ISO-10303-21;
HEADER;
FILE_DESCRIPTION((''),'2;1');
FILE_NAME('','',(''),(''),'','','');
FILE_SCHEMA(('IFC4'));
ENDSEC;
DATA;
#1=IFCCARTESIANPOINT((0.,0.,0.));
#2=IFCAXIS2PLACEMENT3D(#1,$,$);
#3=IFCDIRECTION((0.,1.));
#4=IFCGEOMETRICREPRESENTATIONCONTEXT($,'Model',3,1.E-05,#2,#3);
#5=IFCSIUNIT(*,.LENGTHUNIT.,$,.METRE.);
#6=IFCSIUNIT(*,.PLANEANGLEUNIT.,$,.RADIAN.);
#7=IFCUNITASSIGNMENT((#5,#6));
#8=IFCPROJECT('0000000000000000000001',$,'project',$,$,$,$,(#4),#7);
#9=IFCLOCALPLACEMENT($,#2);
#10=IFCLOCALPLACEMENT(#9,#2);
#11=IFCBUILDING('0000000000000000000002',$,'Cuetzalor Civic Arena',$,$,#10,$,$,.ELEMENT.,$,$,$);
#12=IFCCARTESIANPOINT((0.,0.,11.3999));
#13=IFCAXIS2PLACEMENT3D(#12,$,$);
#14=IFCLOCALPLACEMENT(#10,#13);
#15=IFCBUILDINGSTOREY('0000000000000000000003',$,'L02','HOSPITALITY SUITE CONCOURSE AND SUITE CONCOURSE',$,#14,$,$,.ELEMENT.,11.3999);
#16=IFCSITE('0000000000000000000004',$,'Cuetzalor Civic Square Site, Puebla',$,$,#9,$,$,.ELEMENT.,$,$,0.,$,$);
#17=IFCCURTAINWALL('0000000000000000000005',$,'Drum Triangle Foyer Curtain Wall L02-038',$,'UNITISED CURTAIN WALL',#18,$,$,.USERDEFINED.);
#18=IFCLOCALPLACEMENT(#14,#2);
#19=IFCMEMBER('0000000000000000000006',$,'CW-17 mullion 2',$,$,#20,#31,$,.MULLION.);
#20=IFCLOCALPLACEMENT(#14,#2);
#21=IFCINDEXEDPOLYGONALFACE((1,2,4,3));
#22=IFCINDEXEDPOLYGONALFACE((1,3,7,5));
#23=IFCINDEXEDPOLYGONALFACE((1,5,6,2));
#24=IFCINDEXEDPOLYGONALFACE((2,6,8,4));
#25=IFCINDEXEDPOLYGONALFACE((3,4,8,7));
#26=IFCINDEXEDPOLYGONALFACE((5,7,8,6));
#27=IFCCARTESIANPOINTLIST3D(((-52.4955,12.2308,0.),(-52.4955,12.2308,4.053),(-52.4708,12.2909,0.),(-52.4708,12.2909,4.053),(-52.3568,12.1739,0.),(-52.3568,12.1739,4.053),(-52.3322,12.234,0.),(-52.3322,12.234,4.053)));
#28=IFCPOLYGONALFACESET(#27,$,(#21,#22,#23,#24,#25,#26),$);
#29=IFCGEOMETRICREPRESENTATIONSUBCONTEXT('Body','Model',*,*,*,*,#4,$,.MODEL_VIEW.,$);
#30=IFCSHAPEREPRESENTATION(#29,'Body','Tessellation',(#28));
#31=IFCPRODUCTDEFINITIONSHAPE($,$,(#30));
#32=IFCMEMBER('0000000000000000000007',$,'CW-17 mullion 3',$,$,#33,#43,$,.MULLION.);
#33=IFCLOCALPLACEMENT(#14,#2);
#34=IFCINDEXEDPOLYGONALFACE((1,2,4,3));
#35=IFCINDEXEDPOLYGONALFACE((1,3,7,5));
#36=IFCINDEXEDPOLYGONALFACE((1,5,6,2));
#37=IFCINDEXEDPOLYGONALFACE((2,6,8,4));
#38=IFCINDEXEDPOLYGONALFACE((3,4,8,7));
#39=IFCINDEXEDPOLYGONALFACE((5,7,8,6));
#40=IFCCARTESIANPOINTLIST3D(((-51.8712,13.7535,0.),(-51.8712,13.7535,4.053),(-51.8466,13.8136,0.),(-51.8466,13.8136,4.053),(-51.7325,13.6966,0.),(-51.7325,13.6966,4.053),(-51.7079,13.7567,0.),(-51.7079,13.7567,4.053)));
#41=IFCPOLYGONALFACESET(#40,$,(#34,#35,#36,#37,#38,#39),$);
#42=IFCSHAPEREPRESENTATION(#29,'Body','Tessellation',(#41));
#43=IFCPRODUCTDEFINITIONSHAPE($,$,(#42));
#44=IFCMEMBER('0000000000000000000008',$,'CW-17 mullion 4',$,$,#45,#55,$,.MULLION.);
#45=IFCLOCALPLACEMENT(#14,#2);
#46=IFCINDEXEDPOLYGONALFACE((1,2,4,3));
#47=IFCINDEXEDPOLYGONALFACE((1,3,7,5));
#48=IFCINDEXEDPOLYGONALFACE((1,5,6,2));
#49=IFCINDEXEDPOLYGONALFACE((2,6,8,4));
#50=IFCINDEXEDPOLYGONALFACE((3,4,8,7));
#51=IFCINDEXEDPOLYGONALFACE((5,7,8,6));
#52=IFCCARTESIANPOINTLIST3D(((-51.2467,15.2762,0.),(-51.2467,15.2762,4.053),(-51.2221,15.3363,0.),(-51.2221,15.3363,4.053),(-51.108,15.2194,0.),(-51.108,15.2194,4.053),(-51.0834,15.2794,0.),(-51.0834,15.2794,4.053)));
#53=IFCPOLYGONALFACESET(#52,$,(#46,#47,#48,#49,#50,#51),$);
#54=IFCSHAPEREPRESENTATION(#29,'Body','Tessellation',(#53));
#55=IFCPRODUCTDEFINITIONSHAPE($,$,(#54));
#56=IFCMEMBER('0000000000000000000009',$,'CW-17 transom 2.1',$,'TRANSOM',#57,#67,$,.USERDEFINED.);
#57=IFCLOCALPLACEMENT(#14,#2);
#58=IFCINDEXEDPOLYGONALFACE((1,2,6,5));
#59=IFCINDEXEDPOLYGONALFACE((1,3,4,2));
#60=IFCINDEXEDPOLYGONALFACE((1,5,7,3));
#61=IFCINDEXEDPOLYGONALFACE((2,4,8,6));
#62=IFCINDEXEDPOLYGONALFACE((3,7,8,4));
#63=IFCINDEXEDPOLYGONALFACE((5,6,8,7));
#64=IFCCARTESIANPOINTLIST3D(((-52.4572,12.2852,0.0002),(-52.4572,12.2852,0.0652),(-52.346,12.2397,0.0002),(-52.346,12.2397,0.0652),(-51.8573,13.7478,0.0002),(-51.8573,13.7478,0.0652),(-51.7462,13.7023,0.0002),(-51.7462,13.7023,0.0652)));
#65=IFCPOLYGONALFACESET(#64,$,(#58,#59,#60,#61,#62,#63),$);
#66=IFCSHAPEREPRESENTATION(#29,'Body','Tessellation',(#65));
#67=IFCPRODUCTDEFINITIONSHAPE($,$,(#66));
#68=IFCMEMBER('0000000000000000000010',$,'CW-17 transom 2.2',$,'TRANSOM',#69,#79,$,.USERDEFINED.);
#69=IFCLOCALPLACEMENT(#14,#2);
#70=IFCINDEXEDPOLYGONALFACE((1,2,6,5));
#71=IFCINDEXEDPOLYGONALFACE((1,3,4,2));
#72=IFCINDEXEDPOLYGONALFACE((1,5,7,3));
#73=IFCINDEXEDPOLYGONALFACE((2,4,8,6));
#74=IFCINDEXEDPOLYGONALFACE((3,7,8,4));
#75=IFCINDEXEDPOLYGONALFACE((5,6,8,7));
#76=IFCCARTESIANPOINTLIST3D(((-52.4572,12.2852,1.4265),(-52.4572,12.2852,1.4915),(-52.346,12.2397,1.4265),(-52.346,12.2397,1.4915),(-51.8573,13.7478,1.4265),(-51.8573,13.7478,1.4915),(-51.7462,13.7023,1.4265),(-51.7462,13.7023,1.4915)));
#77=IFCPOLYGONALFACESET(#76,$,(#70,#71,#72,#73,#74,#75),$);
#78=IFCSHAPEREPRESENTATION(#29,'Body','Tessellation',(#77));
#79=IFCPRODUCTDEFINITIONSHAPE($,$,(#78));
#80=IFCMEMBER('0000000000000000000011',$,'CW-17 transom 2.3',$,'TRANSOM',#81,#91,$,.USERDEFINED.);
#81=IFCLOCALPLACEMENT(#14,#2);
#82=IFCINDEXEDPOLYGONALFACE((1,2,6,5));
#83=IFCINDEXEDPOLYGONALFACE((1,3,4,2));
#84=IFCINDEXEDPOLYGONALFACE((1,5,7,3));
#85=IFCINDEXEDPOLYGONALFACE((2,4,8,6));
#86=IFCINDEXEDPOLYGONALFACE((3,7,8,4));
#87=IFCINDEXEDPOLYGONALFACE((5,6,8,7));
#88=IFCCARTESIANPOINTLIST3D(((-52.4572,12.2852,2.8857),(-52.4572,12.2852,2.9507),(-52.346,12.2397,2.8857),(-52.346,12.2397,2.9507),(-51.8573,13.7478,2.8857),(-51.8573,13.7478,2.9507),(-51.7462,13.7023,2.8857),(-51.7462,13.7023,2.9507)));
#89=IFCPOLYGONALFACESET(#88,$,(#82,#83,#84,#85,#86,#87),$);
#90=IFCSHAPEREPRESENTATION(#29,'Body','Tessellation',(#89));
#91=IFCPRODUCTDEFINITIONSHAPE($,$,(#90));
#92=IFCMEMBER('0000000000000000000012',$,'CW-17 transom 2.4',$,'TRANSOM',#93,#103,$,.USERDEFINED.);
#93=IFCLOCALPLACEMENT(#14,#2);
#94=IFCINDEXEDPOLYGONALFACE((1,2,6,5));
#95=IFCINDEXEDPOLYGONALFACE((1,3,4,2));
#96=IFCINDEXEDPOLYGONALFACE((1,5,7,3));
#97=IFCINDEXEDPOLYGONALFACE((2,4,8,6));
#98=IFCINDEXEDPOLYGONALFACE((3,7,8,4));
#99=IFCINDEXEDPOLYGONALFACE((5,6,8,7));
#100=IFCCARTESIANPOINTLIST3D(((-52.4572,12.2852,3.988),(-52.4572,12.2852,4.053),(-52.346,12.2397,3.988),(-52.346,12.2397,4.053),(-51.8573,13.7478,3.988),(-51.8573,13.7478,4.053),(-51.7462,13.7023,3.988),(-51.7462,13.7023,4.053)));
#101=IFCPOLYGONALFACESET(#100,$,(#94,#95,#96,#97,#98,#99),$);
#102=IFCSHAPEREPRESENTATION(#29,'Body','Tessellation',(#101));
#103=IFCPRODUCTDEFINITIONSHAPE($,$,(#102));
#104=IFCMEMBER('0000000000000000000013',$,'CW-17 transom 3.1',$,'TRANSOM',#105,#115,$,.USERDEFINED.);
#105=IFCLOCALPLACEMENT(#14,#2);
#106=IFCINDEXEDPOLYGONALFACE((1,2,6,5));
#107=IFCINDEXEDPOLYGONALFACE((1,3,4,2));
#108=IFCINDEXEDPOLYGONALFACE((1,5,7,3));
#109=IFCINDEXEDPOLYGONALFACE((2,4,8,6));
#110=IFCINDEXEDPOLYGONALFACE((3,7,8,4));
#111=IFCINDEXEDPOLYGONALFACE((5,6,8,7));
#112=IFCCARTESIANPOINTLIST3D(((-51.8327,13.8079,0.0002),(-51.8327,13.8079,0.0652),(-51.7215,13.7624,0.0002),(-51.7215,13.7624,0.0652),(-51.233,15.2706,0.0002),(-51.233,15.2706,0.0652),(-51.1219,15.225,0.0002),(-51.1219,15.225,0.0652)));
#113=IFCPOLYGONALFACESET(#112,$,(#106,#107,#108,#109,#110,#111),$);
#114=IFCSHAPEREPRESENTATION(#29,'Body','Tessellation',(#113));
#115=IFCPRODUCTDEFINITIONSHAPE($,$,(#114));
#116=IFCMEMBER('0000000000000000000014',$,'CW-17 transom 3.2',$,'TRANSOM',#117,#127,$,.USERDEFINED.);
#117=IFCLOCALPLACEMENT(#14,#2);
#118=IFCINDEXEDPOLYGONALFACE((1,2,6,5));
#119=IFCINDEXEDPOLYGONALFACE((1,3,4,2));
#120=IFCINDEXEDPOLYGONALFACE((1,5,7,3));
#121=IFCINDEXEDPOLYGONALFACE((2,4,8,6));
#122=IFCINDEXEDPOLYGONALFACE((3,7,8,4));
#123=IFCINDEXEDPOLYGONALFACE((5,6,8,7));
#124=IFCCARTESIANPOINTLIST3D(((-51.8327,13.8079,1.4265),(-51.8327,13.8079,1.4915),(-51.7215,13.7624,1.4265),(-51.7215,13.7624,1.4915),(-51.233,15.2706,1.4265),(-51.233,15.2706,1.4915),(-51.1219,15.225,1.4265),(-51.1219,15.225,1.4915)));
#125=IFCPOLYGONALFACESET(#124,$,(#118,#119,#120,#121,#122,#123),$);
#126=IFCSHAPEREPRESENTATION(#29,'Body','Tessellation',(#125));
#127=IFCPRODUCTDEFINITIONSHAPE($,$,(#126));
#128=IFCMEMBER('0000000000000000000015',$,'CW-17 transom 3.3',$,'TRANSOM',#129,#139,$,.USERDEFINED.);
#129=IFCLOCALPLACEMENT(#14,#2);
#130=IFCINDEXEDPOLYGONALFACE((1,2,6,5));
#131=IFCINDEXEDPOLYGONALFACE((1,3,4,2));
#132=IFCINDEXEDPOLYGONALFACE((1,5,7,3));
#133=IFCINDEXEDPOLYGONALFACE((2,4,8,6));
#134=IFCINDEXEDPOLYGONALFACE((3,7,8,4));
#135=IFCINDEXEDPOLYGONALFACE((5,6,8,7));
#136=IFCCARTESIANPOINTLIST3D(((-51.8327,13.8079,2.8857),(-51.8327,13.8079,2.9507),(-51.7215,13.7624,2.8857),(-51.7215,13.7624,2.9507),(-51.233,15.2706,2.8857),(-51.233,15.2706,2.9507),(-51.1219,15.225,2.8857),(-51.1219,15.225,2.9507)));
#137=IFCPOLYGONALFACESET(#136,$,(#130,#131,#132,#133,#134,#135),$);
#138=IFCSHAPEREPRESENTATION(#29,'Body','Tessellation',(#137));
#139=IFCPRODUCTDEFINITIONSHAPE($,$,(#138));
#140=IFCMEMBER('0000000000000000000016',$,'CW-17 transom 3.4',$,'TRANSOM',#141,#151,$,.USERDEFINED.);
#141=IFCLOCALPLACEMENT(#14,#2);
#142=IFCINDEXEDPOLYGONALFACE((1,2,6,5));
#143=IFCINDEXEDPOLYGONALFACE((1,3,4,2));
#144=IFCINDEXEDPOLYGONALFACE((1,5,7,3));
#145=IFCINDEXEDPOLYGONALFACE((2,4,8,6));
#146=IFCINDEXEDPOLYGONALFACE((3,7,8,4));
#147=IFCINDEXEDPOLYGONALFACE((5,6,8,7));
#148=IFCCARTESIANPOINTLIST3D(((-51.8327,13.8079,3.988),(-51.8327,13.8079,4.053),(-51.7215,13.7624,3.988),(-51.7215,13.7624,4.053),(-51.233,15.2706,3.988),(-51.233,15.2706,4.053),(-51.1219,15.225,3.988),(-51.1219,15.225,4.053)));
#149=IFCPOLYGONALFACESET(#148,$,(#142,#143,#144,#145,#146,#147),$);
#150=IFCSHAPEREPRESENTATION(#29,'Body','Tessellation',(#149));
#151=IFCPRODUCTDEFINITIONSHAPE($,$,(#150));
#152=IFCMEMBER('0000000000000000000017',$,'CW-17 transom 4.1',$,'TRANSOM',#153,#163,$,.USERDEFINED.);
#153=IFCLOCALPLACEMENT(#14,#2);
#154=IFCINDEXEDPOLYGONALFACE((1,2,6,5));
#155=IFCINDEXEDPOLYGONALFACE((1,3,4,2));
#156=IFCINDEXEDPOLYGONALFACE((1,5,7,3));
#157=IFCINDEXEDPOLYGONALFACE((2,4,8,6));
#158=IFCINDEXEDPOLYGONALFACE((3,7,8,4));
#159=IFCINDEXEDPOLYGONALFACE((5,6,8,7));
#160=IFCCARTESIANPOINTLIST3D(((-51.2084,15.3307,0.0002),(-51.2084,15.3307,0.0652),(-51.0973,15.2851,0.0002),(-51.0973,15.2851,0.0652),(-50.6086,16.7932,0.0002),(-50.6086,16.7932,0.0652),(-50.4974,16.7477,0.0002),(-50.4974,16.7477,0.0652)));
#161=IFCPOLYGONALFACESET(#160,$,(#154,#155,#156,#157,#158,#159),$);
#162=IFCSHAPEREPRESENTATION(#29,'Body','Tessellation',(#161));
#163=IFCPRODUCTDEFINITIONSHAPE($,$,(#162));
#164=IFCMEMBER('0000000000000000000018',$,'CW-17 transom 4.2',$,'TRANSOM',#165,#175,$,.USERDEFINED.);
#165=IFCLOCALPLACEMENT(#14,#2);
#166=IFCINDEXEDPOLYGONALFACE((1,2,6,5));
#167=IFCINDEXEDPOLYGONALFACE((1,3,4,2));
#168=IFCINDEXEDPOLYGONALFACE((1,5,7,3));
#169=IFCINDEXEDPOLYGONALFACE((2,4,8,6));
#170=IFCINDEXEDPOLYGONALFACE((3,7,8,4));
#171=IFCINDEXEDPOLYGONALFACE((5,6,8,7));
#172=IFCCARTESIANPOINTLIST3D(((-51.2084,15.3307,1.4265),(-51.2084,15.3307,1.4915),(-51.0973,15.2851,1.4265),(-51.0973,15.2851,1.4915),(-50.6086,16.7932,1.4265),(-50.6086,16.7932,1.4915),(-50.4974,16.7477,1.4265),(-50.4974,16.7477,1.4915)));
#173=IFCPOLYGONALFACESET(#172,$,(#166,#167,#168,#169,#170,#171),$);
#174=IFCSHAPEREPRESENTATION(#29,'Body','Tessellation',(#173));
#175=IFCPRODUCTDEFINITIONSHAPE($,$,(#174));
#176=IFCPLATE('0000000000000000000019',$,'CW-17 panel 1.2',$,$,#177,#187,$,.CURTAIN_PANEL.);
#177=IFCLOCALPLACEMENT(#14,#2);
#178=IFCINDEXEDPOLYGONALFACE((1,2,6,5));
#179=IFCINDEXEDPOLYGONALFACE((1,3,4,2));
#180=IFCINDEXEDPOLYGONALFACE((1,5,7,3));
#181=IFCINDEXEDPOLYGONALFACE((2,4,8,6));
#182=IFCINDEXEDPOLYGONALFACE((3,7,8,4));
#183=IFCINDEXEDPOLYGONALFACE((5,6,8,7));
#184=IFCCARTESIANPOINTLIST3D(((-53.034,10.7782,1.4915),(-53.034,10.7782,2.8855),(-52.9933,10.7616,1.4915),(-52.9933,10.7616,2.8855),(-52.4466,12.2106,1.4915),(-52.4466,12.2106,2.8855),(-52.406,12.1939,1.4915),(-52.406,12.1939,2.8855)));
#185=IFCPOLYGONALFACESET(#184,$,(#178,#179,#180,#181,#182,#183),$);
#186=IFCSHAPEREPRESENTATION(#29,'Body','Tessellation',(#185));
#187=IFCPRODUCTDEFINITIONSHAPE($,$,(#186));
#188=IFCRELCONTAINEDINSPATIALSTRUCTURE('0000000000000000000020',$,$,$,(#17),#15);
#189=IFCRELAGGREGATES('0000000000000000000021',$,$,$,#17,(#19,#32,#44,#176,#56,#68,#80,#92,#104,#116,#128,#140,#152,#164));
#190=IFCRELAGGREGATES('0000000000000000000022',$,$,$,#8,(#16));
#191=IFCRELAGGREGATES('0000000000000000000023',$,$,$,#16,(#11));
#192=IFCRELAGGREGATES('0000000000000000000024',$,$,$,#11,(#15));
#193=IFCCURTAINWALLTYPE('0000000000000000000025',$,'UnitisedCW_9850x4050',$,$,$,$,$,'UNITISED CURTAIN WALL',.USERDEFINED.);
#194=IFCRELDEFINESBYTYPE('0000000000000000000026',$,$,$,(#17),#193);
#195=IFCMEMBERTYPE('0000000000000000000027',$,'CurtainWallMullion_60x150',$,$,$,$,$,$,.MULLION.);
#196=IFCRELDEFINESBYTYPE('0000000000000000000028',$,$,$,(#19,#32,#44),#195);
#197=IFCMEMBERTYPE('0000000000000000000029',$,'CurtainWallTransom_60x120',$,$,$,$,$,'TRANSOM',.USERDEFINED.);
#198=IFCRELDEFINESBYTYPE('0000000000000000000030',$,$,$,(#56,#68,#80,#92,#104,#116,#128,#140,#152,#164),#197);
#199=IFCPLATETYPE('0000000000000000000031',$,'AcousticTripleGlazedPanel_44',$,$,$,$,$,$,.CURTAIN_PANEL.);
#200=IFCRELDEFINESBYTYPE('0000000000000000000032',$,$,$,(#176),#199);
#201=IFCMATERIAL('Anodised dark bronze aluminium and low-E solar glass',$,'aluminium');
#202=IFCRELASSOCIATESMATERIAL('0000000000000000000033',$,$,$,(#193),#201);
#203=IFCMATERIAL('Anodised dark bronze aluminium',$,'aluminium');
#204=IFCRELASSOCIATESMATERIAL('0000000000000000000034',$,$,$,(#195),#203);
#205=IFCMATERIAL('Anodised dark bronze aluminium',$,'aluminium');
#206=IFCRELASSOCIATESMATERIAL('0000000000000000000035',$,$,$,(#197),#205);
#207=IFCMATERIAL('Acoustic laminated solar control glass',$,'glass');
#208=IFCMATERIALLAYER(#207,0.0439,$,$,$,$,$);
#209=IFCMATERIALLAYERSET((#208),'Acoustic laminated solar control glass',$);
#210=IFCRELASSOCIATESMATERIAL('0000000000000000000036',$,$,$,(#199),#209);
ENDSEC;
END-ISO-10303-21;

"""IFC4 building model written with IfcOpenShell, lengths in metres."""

from ifc_helpers import new_model, si_unit, direction, frame, origin, origin_2d, place, context, subcontext, project, spatial, rectangle, extrude, material, layer, layer_set, material_profile, profile_set, type_object, element, aggregate, save


model = new_model("IFC4")

# Units and contexts
model_context = context("Model", 3, precision=1e-05, world=origin(), true_north=direction((0.0, 1.0)))
body_context = subcontext(model_context, "Body", "Model", "MODEL_VIEW")
ifc_project = project(units=[si_unit("LENGTHUNIT", "METRE"), si_unit("PLANEANGLEUNIT", "RADIAN")], contexts=[model_context])

# Site, building, storey
site_placement = place(None, origin())
site = spatial("IfcSite", under=ifc_project, at=site_placement, Name="Cuetzalor Civic Square Site, Puebla", CompositionType="ELEMENT", RefElevation=0.0)
building_placement = place(site_placement, origin())
building = spatial("IfcBuilding", under=site, at=building_placement, Name="Cuetzalor Civic Arena", CompositionType="ELEMENT")
storey_placement = place(building_placement, frame((0.0, 0.0, 11.3999)))
storey = spatial("IfcBuildingStorey", under=building, at=storey_placement, Name="L02", Description="HOSPITALITY SUITE CONCOURSE AND SUITE CONCOURSE", CompositionType="ELEMENT", Elevation=11.3999)

# Curtain wall, members, plate
ifc_material_1 = material(Name="Anodised dark bronze aluminium and low-E solar glass", Category="aluminium")
curtain_wall_type = type_object("IfcCurtainWallType", Name="UnitisedCW_9850x4050", ElementType="UNITISED CURTAIN WALL", PredefinedType="USERDEFINED", material=ifc_material_1)
curtain_wall_placement = place(storey_placement, origin())
curtain_wall = element("IfcCurtainWall", 1, at=curtain_wall_placement, inside=storey, type_object=curtain_wall_type, Name="Drum Triangle Foyer Curtain Wall L02-038", ObjectType="UNITISED CURTAIN WALL", PredefinedType="USERDEFINED")
ifc_material_2 = material(Name="Anodised dark bronze aluminium", Category="aluminium")
ifc_material_profile_1 = material_profile(ifc_material_2, rectangle(XDim=0.0649, YDim=0.1499, at=origin_2d()), Name="ALU MULLION 65x150")
ifc_profile_set_1 = profile_set([ifc_material_profile_1], Name="Anodised dark bronze aluminium")
member_type_1 = type_object("IfcMemberType", Name="CurtainWallMullion_60x150", PredefinedType="MULLION", material=ifc_profile_set_1)
member_1_placement = place(storey_placement, frame((-52.4138, 12.2324, 0.0), z_axis=(0.0, 0.0, 1.0), x_axis=(0.379391, 0.925236, 0.0)))
member_1 = element("IfcMember", 2, at=member_1_placement, type_object=member_type_1, Name="CW-17 mullion 2", PredefinedType="MULLION", context=body_context, shape_type="SweptSolid", body=[
    extrude(rectangle(XDim=0.0649, YDim=0.1499, at=origin_2d()), origin(), (0.0, 0.0, 1.0), 4.053),
])
member_2_placement = place(storey_placement, frame((-51.7896, 13.7551, 0.0), z_axis=(0.0, 0.0, 1.0), x_axis=(0.379391, 0.925236, 0.0)))
member_2 = element("IfcMember", 3, at=member_2_placement, type_object=member_type_1, Name="CW-17 mullion 3", PredefinedType="MULLION", context=body_context, shape_type="SweptSolid", body=[
    extrude(rectangle(XDim=0.0649, YDim=0.1499, at=origin_2d()), origin(), (0.0, 0.0, 1.0), 4.053),
])
member_3_placement = place(storey_placement, frame((-51.165, 15.2778, 0.0), z_axis=(0.0, 0.0, 1.0), x_axis=(0.379391, 0.925236, 0.0)))
member_3 = element("IfcMember", 4, at=member_3_placement, type_object=member_type_1, Name="CW-17 mullion 4", PredefinedType="MULLION", context=body_context, shape_type="SweptSolid", body=[
    extrude(rectangle(XDim=0.0649, YDim=0.1499, at=origin_2d()), origin(), (0.0, 0.0, 1.0), 4.053),
])
ifc_material_3 = material(Name="Anodised dark bronze aluminium", Category="aluminium")
ifc_material_profile_2 = material_profile(ifc_material_3, rectangle(XDim=0.1201, YDim=0.0649, at=origin_2d()), Name="ALU TRANSOM 65x120")
ifc_profile_set_2 = profile_set([ifc_material_profile_2], Name="Anodised dark bronze aluminium")
member_type_2 = type_object("IfcMemberType", Name="CurtainWallTransom_60x120", ElementType="TRANSOM", PredefinedType="USERDEFINED", material=ifc_profile_set_2)
member_4_placement = place(storey_placement, frame((-52.4016, 12.2625, 0.0327), z_axis=(0.379445, 0.925214, 0.0), x_axis=(-0.925214, 0.379445, 0.0)))
member_4 = element("IfcMember", 5, at=member_4_placement, type_object=member_type_2, Name="CW-17 transom 2.1", ObjectType="TRANSOM", PredefinedType="USERDEFINED", context=body_context, shape_type="SweptSolid", body=[
    extrude(rectangle(XDim=0.1201, YDim=0.0649, at=origin_2d()), origin(), (0.0, 0.0, 1.0), 1.5808),
])
member_5_placement = place(storey_placement, frame((-52.4016, 12.2625, 1.459), z_axis=(0.379445, 0.925214, 0.0), x_axis=(-0.925214, 0.379445, 0.0)))
member_5 = element("IfcMember", 6, at=member_5_placement, type_object=member_type_2, Name="CW-17 transom 2.2", ObjectType="TRANSOM", PredefinedType="USERDEFINED", context=body_context, shape_type="SweptSolid", body=[
    extrude(rectangle(XDim=0.1201, YDim=0.0649, at=origin_2d()), origin(), (0.0, 0.0, 1.0), 1.5808),
])
member_6_placement = place(storey_placement, frame((-52.4016, 12.2625, 2.9182), z_axis=(0.379445, 0.925214, 0.0), x_axis=(-0.925214, 0.379445, 0.0)))
member_6 = element("IfcMember", 7, at=member_6_placement, type_object=member_type_2, Name="CW-17 transom 2.3", ObjectType="TRANSOM", PredefinedType="USERDEFINED", context=body_context, shape_type="SweptSolid", body=[
    extrude(rectangle(XDim=0.1201, YDim=0.0649, at=origin_2d()), origin(), (0.0, 0.0, 1.0), 1.5808),
])
member_7_placement = place(storey_placement, frame((-52.4016, 12.2625, 4.0205), z_axis=(0.379445, 0.925214, 0.0), x_axis=(-0.925214, 0.379445, 0.0)))
member_7 = element("IfcMember", 8, at=member_7_placement, type_object=member_type_2, Name="CW-17 transom 2.4", ObjectType="TRANSOM", PredefinedType="USERDEFINED", context=body_context, shape_type="SweptSolid", body=[
    extrude(rectangle(XDim=0.1201, YDim=0.0649, at=origin_2d()), origin(), (0.0, 0.0, 1.0), 1.5808),
])
member_8_placement = place(storey_placement, frame((-51.7771, 13.7852, 0.0327), z_axis=(0.379312, 0.925269, 0.0), x_axis=(-0.925269, 0.379312, 0.0)))
member_8 = element("IfcMember", 9, at=member_8_placement, type_object=member_type_2, Name="CW-17 transom 3.1", ObjectType="TRANSOM", PredefinedType="USERDEFINED", context=body_context, shape_type="SweptSolid", body=[
    extrude(rectangle(XDim=0.1201, YDim=0.0649, at=origin_2d()), origin(), (0.0, 0.0, 1.0), 1.5808),
])
member_9_placement = place(storey_placement, frame((-51.7771, 13.7852, 1.459), z_axis=(0.379312, 0.925269, 0.0), x_axis=(-0.925269, 0.379312, 0.0)))
member_9 = element("IfcMember", 10, at=member_9_placement, type_object=member_type_2, Name="CW-17 transom 3.2", ObjectType="TRANSOM", PredefinedType="USERDEFINED", context=body_context, shape_type="SweptSolid", body=[
    extrude(rectangle(XDim=0.1201, YDim=0.0649, at=origin_2d()), origin(), (0.0, 0.0, 1.0), 1.5808),
])
member_10_placement = place(storey_placement, frame((-51.7771, 13.7852, 2.9182), z_axis=(0.379312, 0.925269, 0.0), x_axis=(-0.925269, 0.379312, 0.0)))
member_10 = element("IfcMember", 11, at=member_10_placement, type_object=member_type_2, Name="CW-17 transom 3.3", ObjectType="TRANSOM", PredefinedType="USERDEFINED", context=body_context, shape_type="SweptSolid", body=[
    extrude(rectangle(XDim=0.1201, YDim=0.0649, at=origin_2d()), origin(), (0.0, 0.0, 1.0), 1.5808),
])
member_11_placement = place(storey_placement, frame((-51.7771, 13.7852, 4.0205), z_axis=(0.379312, 0.925269, 0.0), x_axis=(-0.925269, 0.379312, 0.0)))
member_11 = element("IfcMember", 12, at=member_11_placement, type_object=member_type_2, Name="CW-17 transom 3.4", ObjectType="TRANSOM", PredefinedType="USERDEFINED", context=body_context, shape_type="SweptSolid", body=[
    extrude(rectangle(XDim=0.1201, YDim=0.0649, at=origin_2d()), origin(), (0.0, 0.0, 1.0), 1.5808),
])
member_12_placement = place(storey_placement, frame((-51.1528, 15.3079, 0.0327), z_axis=(0.379445, 0.925214, 0.0), x_axis=(-0.925214, 0.379445, 0.0)))
member_12 = element("IfcMember", 13, at=member_12_placement, type_object=member_type_2, Name="CW-17 transom 4.1", ObjectType="TRANSOM", PredefinedType="USERDEFINED", context=body_context, shape_type="SweptSolid", body=[
    extrude(rectangle(XDim=0.1201, YDim=0.0649, at=origin_2d()), origin(), (0.0, 0.0, 1.0), 1.5808),
])
member_13_placement = place(storey_placement, frame((-51.1528, 15.3079, 1.459), z_axis=(0.379445, 0.925214, 0.0), x_axis=(-0.925214, 0.379445, 0.0)))
member_13 = element("IfcMember", 14, at=member_13_placement, type_object=member_type_2, Name="CW-17 transom 4.2", ObjectType="TRANSOM", PredefinedType="USERDEFINED", context=body_context, shape_type="SweptSolid", body=[
    extrude(rectangle(XDim=0.1201, YDim=0.0649, at=origin_2d()), origin(), (0.0, 0.0, 1.0), 1.5808),
])
ifc_material_4 = material(Name="Acoustic laminated solar control glass", Category="glass")
ifc_layer = layer(ifc_material_4, 0.0439)
ifc_layer_set = layer_set([ifc_layer], Name="Acoustic laminated solar control glass")
plate_type = type_object("IfcPlateType", Name="AcousticTripleGlazedPanel_44", PredefinedType="CURTAIN_PANEL", material=ifc_layer_set)
plate_1_placement = place(storey_placement, frame((-52.72, 11.4861, 1.4915), z_axis=(0.0, 0.0, 1.0), x_axis=(0.379391, 0.925236, 0.0)))
plate_1 = element("IfcPlate", 15, at=plate_1_placement, type_object=plate_type, Name="CW-17 panel 1.2", PredefinedType="CURTAIN_PANEL", context=body_context, shape_type="SweptSolid", body=[
    extrude(rectangle(XDim=1.5481, YDim=0.0439, at=origin_2d()), origin(), (0.0, 0.0, 1.0), 1.394),
])
aggregate(curtain_wall, [member_1, member_2, member_3, plate_1, member_4, member_5, member_6, member_7, member_8, member_9, member_10, member_11, member_12, member_13])

save(model, "model.ifc")
